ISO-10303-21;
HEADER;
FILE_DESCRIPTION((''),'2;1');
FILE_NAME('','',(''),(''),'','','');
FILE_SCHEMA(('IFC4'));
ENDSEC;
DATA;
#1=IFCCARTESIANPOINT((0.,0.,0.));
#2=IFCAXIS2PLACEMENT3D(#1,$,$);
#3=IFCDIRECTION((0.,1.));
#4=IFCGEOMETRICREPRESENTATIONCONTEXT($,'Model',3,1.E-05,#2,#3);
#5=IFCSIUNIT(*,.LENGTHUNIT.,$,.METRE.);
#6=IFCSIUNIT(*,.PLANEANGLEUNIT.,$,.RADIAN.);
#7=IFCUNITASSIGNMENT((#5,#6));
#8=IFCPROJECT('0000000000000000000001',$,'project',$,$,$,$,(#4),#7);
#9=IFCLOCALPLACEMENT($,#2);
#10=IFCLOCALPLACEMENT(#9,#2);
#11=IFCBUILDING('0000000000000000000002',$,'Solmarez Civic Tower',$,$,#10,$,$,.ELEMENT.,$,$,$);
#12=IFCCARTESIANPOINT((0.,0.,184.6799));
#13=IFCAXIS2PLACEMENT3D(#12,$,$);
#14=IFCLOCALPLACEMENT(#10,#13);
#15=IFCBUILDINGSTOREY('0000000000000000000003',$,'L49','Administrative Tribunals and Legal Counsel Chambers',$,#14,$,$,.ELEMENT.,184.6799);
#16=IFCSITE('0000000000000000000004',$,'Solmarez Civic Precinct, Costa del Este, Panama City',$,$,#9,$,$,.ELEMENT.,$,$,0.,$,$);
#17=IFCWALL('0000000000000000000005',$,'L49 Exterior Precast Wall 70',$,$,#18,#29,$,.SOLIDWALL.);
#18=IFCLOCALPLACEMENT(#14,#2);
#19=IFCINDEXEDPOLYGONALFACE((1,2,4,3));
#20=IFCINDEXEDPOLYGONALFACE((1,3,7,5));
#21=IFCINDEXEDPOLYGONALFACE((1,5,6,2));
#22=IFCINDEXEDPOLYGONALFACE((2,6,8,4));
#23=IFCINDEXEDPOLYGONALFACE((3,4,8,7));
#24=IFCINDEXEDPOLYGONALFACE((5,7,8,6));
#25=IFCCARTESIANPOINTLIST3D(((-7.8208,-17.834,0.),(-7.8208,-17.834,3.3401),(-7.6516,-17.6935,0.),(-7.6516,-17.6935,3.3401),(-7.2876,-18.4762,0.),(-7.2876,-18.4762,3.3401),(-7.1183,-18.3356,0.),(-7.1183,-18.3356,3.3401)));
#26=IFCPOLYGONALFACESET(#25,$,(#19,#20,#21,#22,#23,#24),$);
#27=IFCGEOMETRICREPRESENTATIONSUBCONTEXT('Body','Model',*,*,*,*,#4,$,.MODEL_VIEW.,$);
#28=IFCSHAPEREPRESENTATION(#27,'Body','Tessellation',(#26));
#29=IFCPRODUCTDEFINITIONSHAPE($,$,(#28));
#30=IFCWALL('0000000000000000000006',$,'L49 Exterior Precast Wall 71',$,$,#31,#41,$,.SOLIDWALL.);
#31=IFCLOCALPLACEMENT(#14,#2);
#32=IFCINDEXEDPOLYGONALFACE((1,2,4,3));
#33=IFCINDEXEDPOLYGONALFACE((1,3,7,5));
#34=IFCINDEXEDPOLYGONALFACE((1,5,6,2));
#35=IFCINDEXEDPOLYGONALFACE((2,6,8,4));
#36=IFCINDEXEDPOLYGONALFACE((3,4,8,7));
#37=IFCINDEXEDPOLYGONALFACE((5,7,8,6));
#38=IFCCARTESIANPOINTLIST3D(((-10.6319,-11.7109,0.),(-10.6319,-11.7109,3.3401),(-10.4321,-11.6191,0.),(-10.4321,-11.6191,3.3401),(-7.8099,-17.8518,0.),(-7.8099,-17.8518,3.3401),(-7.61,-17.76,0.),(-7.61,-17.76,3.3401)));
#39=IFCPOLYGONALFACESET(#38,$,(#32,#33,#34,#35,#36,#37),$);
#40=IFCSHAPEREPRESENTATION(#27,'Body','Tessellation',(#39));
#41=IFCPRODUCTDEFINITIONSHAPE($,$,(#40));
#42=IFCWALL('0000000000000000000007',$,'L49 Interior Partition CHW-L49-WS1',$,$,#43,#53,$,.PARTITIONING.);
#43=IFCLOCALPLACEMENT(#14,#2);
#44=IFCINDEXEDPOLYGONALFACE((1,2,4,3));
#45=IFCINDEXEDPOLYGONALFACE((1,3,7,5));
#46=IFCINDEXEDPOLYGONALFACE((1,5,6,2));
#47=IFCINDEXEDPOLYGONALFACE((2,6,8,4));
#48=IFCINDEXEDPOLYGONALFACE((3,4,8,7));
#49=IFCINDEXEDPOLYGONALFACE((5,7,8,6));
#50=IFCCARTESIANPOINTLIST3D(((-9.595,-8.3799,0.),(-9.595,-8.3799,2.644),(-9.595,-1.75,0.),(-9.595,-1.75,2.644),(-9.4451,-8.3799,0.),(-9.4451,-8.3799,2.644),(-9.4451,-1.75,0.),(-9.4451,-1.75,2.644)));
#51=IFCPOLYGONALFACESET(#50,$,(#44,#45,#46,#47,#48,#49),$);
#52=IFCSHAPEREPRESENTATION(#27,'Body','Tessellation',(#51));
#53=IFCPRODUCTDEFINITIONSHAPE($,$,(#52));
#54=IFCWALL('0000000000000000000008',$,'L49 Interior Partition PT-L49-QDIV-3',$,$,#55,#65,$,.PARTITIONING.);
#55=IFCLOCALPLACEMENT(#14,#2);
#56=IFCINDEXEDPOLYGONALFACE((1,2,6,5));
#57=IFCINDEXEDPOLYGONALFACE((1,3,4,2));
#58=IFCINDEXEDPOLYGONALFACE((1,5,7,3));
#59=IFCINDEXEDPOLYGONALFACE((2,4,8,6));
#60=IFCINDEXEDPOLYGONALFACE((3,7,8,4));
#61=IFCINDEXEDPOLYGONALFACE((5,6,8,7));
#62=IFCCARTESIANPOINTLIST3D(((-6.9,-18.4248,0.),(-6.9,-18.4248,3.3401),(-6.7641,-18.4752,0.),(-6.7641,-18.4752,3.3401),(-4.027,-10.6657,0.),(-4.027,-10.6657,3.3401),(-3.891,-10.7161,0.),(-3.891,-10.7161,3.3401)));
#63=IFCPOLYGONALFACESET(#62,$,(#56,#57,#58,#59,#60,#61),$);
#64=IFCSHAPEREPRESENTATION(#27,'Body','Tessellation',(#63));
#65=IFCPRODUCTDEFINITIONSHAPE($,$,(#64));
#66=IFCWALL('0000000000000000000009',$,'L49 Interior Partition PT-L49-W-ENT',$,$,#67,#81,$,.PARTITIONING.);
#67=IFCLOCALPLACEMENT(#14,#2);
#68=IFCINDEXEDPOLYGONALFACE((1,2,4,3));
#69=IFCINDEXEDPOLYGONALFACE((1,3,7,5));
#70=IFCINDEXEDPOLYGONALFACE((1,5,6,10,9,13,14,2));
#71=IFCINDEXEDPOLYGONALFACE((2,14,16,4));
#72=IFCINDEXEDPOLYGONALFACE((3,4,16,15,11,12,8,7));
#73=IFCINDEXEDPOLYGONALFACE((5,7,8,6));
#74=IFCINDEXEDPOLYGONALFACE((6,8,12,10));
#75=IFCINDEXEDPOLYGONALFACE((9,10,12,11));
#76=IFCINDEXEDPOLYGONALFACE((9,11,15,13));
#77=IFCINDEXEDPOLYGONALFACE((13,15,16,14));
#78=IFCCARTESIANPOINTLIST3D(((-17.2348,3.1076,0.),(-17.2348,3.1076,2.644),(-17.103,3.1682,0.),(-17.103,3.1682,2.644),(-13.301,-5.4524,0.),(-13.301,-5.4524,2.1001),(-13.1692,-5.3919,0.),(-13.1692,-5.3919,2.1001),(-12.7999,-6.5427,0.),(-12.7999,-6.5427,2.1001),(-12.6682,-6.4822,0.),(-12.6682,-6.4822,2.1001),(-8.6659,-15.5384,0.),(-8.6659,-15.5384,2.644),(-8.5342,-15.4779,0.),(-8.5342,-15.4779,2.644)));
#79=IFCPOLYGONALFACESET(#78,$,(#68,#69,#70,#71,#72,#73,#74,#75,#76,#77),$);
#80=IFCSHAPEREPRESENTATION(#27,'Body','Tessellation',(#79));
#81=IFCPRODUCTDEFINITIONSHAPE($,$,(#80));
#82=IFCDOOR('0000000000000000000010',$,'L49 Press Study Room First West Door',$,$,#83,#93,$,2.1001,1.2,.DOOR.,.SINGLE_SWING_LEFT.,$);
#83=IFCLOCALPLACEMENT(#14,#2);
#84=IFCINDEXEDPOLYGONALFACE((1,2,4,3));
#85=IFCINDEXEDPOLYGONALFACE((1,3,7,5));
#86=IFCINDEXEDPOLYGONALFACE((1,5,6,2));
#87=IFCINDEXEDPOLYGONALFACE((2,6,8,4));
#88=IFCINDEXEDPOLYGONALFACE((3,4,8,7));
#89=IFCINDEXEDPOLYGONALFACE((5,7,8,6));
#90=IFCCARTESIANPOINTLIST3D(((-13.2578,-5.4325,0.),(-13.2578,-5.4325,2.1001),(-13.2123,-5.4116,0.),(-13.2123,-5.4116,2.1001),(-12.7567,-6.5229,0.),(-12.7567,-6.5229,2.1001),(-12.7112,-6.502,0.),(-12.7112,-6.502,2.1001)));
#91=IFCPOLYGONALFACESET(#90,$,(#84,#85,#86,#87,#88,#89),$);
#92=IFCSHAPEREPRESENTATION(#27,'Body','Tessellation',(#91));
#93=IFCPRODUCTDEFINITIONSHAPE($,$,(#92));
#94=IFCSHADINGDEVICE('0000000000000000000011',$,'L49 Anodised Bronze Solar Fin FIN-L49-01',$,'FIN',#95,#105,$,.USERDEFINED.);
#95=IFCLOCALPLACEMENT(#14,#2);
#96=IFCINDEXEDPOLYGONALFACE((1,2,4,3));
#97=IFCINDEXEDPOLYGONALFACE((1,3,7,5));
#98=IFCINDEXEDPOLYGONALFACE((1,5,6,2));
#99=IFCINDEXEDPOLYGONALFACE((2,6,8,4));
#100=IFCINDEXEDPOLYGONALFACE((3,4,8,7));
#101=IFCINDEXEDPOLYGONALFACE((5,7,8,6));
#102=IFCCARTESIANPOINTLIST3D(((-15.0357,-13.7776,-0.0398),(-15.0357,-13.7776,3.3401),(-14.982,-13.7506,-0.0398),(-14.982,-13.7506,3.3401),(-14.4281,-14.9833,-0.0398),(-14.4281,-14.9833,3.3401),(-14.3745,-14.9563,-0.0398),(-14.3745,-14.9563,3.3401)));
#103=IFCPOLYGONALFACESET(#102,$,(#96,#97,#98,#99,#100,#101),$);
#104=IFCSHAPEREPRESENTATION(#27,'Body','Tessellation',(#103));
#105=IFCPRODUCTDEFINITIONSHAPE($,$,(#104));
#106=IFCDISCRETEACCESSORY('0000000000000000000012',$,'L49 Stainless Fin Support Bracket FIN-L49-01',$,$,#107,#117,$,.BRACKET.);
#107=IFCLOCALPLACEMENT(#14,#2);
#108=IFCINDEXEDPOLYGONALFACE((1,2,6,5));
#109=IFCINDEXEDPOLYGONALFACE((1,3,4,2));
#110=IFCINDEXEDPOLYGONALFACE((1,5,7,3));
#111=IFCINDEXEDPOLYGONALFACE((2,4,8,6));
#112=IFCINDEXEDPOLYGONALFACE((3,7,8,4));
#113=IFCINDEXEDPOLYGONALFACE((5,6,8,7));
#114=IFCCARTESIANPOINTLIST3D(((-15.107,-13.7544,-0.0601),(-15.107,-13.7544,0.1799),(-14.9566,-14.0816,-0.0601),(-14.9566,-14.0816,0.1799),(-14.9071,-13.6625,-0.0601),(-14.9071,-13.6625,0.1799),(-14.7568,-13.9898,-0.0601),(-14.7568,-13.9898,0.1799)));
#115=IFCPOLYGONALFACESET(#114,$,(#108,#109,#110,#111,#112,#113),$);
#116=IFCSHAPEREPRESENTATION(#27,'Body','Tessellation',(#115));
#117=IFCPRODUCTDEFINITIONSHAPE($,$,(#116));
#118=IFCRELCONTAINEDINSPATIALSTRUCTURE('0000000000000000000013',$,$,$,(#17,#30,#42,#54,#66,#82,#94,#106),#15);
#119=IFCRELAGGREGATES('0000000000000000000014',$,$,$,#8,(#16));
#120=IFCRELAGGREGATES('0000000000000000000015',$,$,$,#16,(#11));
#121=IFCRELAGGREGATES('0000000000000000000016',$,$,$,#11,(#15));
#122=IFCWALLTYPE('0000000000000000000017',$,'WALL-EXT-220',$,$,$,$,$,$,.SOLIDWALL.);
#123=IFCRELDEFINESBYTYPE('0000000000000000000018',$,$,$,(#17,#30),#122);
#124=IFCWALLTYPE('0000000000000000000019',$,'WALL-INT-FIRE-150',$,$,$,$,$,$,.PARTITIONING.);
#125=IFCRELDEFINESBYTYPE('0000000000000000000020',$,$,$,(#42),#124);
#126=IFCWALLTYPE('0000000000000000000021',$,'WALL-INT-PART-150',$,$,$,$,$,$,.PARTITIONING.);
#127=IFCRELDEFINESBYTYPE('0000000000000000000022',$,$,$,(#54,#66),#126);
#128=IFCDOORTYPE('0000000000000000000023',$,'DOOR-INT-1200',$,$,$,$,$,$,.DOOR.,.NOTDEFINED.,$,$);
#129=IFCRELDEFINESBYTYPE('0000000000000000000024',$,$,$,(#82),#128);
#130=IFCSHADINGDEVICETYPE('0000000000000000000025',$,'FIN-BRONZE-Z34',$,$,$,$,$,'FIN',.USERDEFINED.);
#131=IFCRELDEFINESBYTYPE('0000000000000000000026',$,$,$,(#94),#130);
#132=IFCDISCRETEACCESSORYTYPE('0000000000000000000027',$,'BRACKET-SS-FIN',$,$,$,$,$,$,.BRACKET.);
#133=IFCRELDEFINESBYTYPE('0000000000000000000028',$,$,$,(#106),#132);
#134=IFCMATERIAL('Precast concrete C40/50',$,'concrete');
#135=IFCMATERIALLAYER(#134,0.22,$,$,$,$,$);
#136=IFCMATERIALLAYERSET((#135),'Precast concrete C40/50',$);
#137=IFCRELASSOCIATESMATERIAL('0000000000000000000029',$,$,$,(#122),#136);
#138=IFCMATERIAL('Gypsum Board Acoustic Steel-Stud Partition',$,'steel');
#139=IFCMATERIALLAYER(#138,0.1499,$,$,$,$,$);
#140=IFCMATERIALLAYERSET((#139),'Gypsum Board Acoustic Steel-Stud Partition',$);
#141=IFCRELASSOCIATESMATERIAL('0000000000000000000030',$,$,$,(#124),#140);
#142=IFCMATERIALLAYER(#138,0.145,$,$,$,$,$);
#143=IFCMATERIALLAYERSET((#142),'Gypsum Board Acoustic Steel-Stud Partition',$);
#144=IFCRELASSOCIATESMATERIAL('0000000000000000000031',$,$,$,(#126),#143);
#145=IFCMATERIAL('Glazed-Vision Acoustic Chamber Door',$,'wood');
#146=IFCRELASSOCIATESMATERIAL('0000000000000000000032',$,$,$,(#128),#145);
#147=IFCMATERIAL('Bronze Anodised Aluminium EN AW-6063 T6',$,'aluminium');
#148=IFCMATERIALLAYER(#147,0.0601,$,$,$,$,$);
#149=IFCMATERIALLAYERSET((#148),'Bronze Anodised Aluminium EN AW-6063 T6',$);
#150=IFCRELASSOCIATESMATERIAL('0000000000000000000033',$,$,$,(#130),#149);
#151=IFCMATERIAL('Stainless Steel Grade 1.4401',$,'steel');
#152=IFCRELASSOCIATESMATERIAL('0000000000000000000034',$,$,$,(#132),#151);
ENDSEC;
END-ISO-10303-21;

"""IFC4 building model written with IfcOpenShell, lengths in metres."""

from ifc_helpers import new_model, si_unit, direction, frame, frame_2d, origin, origin_2d, place, context, subcontext, project, spatial, rectangle, extrude, material, layer, layer_set, type_object, element, fill, save


model = new_model("IFC4")

# Units and contexts
model_context = context("Model", 3, precision=1e-05, world=origin(), true_north=direction((0.0, 1.0)))
body_context = subcontext(model_context, "Body", "Model", "MODEL_VIEW")
ifc_project = project(units=[si_unit("LENGTHUNIT", "METRE"), si_unit("PLANEANGLEUNIT", "RADIAN")], contexts=[model_context])

# Site, building, storey
site_placement = place(None, origin())
site = spatial("IfcSite", under=ifc_project, at=site_placement, Name="Solmarez Civic Precinct, Costa del Este, Panama City", CompositionType="ELEMENT", RefElevation=0.0)
building_placement = place(site_placement, origin())
building = spatial("IfcBuilding", under=site, at=building_placement, Name="Solmarez Civic Tower", CompositionType="ELEMENT")
storey_placement = place(building_placement, frame((0.0, 0.0, 184.6799)))
storey = spatial("IfcBuildingStorey", under=building, at=storey_placement, Name="L49", Description="Administrative Tribunals and Legal Counsel Chambers", CompositionType="ELEMENT", Elevation=184.6799)

# Shared definitions
ifc_material_1 = material(Name="Precast concrete C40/50", Category="concrete")
ifc_layer_1 = layer(ifc_material_1, 0.22)
ifc_layer_set_1 = layer_set([ifc_layer_1], Name="Precast concrete C40/50")
wall_type_1 = type_object("IfcWallType", Name="WALL-EXT-220", PredefinedType="SOLIDWALL", material=ifc_layer_set_1)

# Walls
wall_1_placement = place(storey_placement, frame((-7.2029, -18.406, 0.0), z_axis=(0.0, 0.0, 1.0), x_axis=(-0.63886, 0.769323, 0.0)))
element("IfcWall", 1, at=wall_1_placement, inside=storey, type_object=wall_type_1, Name="L49 Exterior Precast Wall 70", PredefinedType="SOLIDWALL", context=body_context, shape_type="SweptSolid", body=[
    extrude(rectangle(XDim=0.8347, YDim=0.22, at=frame_2d((0.4175, 0.0))), origin(), (0.0, 0.0, 1.0), 3.3401),
])
wall_2_placement = place(storey_placement, frame((-7.71, -17.8059, 0.0), z_axis=(0.0, 0.0, 1.0), x_axis=(-0.417566, 0.908646, 0.0)))
element("IfcWall", 2, at=wall_2_placement, inside=storey, type_object=wall_type_1, Name="L49 Exterior Precast Wall 71", PredefinedType="SOLIDWALL", context=body_context, shape_type="SweptSolid", body=[
    extrude(rectangle(XDim=6.7583, YDim=0.22, at=frame_2d((3.3792, 0.0))), origin(), (0.0, 0.0, 1.0), 3.3401),
])
ifc_material_2 = material(Name="Gypsum Board Acoustic Steel-Stud Partition", Category="steel")
ifc_layer_2 = layer(ifc_material_2, 0.1499)
ifc_layer_set_2 = layer_set([ifc_layer_2], Name="Gypsum Board Acoustic Steel-Stud Partition")
wall_type_2 = type_object("IfcWallType", Name="WALL-INT-FIRE-150", PredefinedType="PARTITIONING", material=ifc_layer_set_2)
wall_3_placement = place(storey_placement, frame((-9.52, -8.3799, 0.0), z_axis=(0.0, 0.0, 1.0), x_axis=(0.0, 1.0, 0.0)))
element("IfcWall", 3, at=wall_3_placement, inside=storey, type_object=wall_type_2, Name="L49 Interior Partition CHW-L49-WS1", PredefinedType="PARTITIONING", context=body_context, shape_type="SweptSolid", body=[
    extrude(rectangle(XDim=6.6299, YDim=0.1499, at=frame_2d((3.3149, 0.0))), origin(), (0.0, 0.0, 1.0), 2.644),
])
ifc_layer_3 = layer(ifc_material_2, 0.145)
ifc_layer_set_3 = layer_set([ifc_layer_3], Name="Gypsum Board Acoustic Steel-Stud Partition")
wall_type_3 = type_object("IfcWallType", Name="WALL-INT-PART-150", PredefinedType="PARTITIONING", material=ifc_layer_set_3)
wall_4_placement = place(storey_placement, frame((-3.959, -10.6909, 0.0), z_axis=(0.0, 0.0, 1.0), x_axis=(-0.347243, -0.937775, 0.0)))
element("IfcWall", 4, at=wall_4_placement, inside=storey, type_object=wall_type_3, Name="L49 Interior Partition PT-L49-QDIV-3", PredefinedType="PARTITIONING", context=body_context, shape_type="SweptSolid", body=[
    extrude(rectangle(XDim=8.2739, YDim=0.145, at=frame_2d((4.137, 0.0))), origin(), (0.0, 0.0, 1.0), 3.3401),
])

# Wall, opening, door
wall_5_placement = place(storey_placement, frame((-8.6001, -15.5081, 0.0), z_axis=(0.0, 0.0, 1.0), x_axis=(-0.417571, 0.908644, 0.0)))
wall_5 = element("IfcWall", 5, at=wall_5_placement, inside=storey, type_object=wall_type_3, Name="L49 Interior Partition PT-L49-W-ENT", PredefinedType="PARTITIONING", context=body_context, shape_type="SweptSolid", body=[
    extrude(rectangle(XDim=20.5208, YDim=0.145, at=frame_2d((10.2603, 0.0))), origin(), (0.0, 0.0, 1.0), 2.644),
])
opening_1_placement = place(wall_5_placement, frame((9.8999, 0.0, 0.0)))
opening_1 = element("IfcOpeningElement", 6, at=opening_1_placement, cuts=wall_5, PredefinedType="OPENING", context=body_context, shape_type="SweptSolid", body=[
    extrude(rectangle(XDim=1.2, YDim=2.1001, at=frame_2d((0.6001, 1.05))), frame((0.0, 0.0825, 0.0), z_axis=(0.0, -1.0, 0.0), x_axis=(1.0, 0.0, 0.0)), (0.0, 0.0, 1.0), 0.165),
])
ifc_material_3 = material(Name="Glazed-Vision Acoustic Chamber Door", Category="wood")
door_type = type_object("IfcDoorType", Name="DOOR-INT-1200", OperationType="NOTDEFINED", PredefinedType="DOOR", material=ifc_material_3)
door_placement = place(opening_1_placement, origin())
door = element("IfcDoor", 7, at=door_placement, inside=storey, type_object=door_type, Name="L49 Press Study Room First West Door", OperationType="SINGLE_SWING_LEFT", OverallHeight=2.1001, OverallWidth=1.2, PredefinedType="DOOR", context=body_context, shape_type="SweptSolid", body=[
    extrude(rectangle(XDim=1.2, YDim=2.1001, at=frame_2d((0.6001, 1.05))), frame((0.0, 0.0249, 0.0), z_axis=(0.0, -1.0, 0.0), x_axis=(1.0, 0.0, 0.0)), (0.0, 0.0, 1.0), 0.05),
])
fill(opening_1, door)

# Shading device
ifc_material_4 = material(Name="Bronze Anodised Aluminium EN AW-6063 T6", Category="aluminium")
ifc_layer_4 = layer(ifc_material_4, 0.0601)
ifc_layer_set_4 = layer_set([ifc_layer_4], Name="Bronze Anodised Aluminium EN AW-6063 T6")
shading_device_type = type_object("IfcShadingDeviceType", Name="FIN-BRONZE-Z34", ElementType="FIN", PredefinedType="USERDEFINED", material=ifc_layer_set_4)
shading_device_placement = place(storey_placement, frame((-14.7051, -14.3669, -0.0398), z_axis=(0.0, 0.0, 1.0), x_axis=(0.450021, -0.893018, 0.0)))
element("IfcShadingDevice", 8, at=shading_device_placement, inside=storey, type_object=shading_device_type, Name="L49 Anodised Bronze Solar Fin FIN-L49-01", ObjectType="FIN", PredefinedType="USERDEFINED", context=body_context, shape_type="SweptSolid", body=[
    extrude(rectangle(XDim=1.3501, YDim=0.0601, at=origin_2d()), origin(), (0.0, 0.0, 1.0), 3.3799),
])

# Discrete accessory
ifc_material_5 = material(Name="Stainless Steel Grade 1.4401", Category="steel")
discrete_accessory_type = type_object("IfcDiscreteAccessoryType", Name="BRACKET-SS-FIN", PredefinedType="BRACKET", material=ifc_material_5)
discrete_accessory_placement = place(storey_placement, frame((-14.9319, -13.8721, -0.0601), z_axis=(0.0, 0.0, 1.0), x_axis=(0.417548, -0.908655, 0.0)))
element("IfcDiscreteAccessory", 9, at=discrete_accessory_placement, inside=storey, type_object=discrete_accessory_type, Name="L49 Stainless Fin Support Bracket FIN-L49-01", PredefinedType="BRACKET", context=body_context, shape_type="SweptSolid", body=[
    extrude(rectangle(XDim=0.3601, YDim=0.22, at=origin_2d()), origin(), (0.0, 0.0, 1.0), 0.24),
])

save(model, "model.ifc")
